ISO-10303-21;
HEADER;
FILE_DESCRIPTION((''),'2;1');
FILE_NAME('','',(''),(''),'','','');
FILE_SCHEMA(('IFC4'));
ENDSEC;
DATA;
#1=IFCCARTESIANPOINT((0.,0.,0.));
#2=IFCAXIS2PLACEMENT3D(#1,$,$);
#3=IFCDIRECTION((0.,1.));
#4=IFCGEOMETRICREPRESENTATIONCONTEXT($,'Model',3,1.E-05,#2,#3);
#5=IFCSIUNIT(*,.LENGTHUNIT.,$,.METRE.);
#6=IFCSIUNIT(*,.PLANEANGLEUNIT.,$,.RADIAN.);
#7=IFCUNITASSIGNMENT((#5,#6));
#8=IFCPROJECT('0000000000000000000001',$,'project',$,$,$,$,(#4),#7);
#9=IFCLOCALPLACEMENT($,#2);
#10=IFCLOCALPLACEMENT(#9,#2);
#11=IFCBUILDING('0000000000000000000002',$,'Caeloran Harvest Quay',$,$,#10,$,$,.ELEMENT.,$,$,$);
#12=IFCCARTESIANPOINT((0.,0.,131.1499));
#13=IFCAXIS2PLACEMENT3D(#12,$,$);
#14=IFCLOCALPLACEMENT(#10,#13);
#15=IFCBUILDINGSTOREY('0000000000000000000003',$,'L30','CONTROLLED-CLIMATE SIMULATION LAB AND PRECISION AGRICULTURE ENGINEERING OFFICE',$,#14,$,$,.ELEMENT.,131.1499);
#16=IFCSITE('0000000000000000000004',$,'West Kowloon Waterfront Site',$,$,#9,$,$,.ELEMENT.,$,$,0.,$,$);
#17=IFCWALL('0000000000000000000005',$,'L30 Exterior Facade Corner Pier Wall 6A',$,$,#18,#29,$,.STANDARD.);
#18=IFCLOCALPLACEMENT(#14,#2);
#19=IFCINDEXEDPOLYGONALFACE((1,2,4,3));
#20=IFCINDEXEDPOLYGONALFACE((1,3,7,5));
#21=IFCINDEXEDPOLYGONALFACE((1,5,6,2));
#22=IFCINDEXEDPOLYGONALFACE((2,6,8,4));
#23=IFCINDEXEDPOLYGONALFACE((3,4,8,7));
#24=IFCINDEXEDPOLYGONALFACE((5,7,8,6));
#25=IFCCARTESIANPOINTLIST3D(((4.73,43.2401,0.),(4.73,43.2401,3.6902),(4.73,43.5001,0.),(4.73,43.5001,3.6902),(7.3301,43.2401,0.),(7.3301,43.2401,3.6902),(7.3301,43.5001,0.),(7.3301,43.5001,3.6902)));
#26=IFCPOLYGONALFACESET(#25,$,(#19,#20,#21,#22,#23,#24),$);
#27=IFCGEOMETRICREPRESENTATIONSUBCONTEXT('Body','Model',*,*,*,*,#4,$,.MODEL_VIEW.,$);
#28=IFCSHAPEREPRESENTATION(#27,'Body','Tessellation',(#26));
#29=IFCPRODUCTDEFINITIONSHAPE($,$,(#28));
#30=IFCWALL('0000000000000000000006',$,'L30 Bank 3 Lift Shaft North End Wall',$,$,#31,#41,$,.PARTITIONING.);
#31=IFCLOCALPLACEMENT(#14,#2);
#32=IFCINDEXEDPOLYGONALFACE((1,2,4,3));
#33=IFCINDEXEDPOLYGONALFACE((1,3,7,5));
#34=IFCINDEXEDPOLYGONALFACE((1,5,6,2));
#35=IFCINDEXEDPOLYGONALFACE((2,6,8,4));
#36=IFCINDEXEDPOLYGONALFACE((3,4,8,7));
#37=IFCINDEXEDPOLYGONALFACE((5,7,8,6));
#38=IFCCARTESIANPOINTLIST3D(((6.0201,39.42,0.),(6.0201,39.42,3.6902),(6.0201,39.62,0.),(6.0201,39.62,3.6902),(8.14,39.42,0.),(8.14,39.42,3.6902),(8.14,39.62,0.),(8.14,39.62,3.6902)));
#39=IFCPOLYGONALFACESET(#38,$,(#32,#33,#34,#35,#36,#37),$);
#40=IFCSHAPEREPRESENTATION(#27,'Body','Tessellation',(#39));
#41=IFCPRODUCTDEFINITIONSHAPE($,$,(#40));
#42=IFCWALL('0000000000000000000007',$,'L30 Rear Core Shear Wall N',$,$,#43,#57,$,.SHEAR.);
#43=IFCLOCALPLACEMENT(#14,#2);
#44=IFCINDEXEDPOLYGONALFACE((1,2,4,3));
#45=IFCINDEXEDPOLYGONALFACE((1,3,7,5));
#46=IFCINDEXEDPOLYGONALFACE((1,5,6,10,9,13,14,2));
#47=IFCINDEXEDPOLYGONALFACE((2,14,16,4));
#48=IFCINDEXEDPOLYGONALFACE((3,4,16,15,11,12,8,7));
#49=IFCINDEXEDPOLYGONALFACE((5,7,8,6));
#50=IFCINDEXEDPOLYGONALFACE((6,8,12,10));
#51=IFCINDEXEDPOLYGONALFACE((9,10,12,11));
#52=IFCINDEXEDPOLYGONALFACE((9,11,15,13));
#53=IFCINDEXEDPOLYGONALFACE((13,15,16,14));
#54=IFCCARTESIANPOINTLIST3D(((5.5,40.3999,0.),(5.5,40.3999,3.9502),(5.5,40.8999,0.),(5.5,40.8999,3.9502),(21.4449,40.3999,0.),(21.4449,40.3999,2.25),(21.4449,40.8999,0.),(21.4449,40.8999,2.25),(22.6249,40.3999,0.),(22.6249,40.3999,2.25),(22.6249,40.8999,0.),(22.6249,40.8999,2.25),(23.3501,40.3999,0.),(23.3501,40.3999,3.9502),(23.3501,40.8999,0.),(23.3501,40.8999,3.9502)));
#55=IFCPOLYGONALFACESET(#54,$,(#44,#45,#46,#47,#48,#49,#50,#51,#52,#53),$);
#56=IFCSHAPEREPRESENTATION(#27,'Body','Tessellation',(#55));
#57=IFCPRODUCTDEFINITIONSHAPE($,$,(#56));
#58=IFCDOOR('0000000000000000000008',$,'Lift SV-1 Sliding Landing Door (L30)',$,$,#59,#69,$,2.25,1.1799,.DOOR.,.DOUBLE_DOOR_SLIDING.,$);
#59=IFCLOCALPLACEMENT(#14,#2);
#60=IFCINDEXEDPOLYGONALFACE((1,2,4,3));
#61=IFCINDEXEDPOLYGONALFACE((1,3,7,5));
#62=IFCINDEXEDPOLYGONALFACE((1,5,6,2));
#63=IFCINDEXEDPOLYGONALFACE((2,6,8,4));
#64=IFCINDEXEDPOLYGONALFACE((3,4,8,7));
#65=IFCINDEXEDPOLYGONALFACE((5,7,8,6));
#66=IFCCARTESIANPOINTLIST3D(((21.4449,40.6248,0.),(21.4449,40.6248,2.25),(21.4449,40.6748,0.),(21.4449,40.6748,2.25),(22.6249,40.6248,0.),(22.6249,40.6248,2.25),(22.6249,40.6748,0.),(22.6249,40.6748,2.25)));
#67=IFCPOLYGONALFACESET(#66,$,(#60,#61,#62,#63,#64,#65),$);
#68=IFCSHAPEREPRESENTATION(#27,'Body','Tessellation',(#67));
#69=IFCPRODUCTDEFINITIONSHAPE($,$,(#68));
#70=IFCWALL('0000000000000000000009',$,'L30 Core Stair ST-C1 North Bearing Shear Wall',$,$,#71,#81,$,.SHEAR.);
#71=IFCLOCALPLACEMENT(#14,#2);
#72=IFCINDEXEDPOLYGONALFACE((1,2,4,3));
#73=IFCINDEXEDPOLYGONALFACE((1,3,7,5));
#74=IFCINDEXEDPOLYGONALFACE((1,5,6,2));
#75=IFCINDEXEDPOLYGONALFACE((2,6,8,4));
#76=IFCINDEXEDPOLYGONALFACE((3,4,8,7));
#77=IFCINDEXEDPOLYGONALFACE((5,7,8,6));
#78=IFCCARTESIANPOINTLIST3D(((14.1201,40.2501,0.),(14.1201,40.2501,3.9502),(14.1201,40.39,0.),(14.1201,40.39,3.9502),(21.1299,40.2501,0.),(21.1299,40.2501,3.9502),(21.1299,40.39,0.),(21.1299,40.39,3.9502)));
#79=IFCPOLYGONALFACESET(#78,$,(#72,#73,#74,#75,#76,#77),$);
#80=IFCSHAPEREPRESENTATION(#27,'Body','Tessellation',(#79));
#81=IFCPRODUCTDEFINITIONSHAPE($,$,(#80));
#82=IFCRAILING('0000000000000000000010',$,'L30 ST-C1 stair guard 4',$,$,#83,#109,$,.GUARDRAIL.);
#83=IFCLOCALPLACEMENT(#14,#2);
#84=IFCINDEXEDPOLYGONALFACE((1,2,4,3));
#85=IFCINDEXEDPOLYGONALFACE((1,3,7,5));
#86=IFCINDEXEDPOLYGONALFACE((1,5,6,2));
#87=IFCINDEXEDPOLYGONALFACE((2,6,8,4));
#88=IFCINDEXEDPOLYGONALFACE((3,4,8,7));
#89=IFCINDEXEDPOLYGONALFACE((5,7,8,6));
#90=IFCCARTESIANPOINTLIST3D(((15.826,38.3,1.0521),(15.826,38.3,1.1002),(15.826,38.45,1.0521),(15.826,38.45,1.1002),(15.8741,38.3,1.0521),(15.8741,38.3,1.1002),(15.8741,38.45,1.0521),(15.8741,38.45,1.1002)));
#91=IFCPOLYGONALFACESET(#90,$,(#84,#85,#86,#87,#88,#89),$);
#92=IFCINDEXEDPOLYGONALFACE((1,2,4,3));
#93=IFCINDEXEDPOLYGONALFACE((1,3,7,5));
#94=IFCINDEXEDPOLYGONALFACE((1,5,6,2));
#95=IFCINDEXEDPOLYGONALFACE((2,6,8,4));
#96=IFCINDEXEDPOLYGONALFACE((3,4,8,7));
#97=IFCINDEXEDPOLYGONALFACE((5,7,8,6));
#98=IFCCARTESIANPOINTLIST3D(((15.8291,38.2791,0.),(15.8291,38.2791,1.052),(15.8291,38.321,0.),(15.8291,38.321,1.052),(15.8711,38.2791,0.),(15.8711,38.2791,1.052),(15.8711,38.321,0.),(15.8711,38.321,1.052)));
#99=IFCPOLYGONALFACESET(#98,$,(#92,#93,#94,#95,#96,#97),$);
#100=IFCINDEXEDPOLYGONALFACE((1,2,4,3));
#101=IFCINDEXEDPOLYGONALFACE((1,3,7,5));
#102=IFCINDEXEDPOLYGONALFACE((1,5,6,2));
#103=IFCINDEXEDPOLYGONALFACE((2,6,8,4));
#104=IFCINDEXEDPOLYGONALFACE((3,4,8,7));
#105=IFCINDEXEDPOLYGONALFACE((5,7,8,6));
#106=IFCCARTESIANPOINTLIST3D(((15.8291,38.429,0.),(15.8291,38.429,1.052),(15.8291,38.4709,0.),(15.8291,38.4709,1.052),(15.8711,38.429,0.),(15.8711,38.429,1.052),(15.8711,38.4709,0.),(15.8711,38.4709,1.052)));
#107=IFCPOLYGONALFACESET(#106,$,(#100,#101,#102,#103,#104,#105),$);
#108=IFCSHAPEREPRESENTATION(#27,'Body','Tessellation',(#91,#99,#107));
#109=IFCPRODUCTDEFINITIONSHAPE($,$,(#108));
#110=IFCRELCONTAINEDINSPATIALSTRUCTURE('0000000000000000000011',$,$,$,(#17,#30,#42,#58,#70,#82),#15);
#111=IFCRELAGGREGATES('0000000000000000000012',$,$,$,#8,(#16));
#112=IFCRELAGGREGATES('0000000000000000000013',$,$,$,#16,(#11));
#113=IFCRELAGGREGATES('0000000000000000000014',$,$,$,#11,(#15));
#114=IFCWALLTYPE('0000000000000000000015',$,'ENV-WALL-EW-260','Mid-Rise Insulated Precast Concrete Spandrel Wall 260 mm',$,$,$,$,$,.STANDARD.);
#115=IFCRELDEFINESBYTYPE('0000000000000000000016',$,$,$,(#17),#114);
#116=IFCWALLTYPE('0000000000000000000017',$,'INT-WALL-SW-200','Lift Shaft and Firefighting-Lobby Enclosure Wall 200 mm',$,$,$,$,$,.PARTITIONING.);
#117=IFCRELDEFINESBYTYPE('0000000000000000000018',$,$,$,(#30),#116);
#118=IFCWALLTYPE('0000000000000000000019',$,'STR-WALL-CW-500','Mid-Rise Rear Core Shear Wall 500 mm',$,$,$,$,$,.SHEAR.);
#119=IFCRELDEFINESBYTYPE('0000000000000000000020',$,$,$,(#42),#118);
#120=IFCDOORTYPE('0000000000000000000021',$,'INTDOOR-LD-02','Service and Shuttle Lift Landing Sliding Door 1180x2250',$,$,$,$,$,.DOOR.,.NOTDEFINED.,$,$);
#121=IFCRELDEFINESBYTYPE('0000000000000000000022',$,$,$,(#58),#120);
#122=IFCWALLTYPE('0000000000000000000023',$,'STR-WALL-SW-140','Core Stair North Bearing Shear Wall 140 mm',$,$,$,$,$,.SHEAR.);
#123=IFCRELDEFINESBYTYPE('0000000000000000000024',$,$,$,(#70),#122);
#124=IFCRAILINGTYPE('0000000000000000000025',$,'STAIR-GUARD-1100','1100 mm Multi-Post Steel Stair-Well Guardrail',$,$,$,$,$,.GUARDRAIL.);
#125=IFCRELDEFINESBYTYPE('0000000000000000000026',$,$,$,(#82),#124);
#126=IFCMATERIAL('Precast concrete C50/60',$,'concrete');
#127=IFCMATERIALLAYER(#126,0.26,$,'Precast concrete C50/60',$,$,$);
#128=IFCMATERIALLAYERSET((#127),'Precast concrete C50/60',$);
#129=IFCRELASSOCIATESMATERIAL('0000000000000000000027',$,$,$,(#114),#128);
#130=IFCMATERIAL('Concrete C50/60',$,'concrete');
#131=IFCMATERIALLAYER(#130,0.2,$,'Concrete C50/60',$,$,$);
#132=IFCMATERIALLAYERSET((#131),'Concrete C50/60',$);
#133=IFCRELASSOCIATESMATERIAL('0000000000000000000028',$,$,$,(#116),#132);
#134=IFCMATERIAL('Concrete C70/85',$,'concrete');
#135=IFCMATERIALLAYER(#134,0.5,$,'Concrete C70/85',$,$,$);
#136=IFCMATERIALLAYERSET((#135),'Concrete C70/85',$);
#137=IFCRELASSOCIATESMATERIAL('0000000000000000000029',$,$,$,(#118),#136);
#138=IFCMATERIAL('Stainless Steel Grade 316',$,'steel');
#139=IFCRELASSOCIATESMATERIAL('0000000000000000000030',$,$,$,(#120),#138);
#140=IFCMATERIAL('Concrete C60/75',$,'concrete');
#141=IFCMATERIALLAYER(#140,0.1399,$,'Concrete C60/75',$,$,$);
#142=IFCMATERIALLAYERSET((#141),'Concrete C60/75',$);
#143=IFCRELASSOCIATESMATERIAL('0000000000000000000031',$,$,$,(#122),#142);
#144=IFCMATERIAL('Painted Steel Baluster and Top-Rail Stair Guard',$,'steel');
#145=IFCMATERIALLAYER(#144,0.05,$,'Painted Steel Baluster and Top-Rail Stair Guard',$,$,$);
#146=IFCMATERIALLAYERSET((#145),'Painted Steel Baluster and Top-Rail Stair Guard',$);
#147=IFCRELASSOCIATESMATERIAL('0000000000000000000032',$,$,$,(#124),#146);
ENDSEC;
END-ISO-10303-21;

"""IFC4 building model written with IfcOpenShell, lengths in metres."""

from ifc_helpers import new_model, si_unit, direction, frame, frame_2d, origin, origin_2d, place, context, subcontext, project, spatial, rectangle, extrude, material, layer, layer_set, type_object, element, fill, save


model = new_model("IFC4")

# Units and contexts
model_context = context("Model", 3, precision=1e-05, world=origin(), true_north=direction((0.0, 1.0)))
body_context = subcontext(model_context, "Body", "Model", "MODEL_VIEW")
ifc_project = project(units=[si_unit("LENGTHUNIT", "METRE"), si_unit("PLANEANGLEUNIT", "RADIAN")], contexts=[model_context])

# Site, building, storey
site_placement = place(None, origin())
site = spatial("IfcSite", under=ifc_project, at=site_placement, Name="West Kowloon Waterfront Site", CompositionType="ELEMENT", RefElevation=0.0)
building_placement = place(site_placement, origin())
building = spatial("IfcBuilding", under=site, at=building_placement, Name="Caeloran Harvest Quay", CompositionType="ELEMENT")
storey_placement = place(building_placement, frame((0.0, 0.0, 131.1499)))
storey = spatial("IfcBuildingStorey", under=building, at=storey_placement, Name="L30", Description="CONTROLLED-CLIMATE SIMULATION LAB AND PRECISION AGRICULTURE ENGINEERING OFFICE", CompositionType="ELEMENT", Elevation=131.1499)

# Walls
ifc_material_1 = material(Name="Precast concrete C50/60", Category="concrete")
ifc_layer_1 = layer(ifc_material_1, 0.26, Name="Precast concrete C50/60")
ifc_layer_set_1 = layer_set([ifc_layer_1], Name="Precast concrete C50/60")
wall_type_1 = type_object("IfcWallType", Name="ENV-WALL-EW-260", Description="Mid-Rise Insulated Precast Concrete Spandrel Wall 260 mm", PredefinedType="STANDARD", material=ifc_layer_set_1)
wall_1_placement = place(storey_placement, frame((4.73, 43.3701, 0.0), z_axis=(0.0, 0.0, 1.0), x_axis=(1.0, 0.0, 0.0)))
element("IfcWall", 1, at=wall_1_placement, inside=storey, type_object=wall_type_1, Name="L30 Exterior Facade Corner Pier Wall 6A", PredefinedType="STANDARD", context=body_context, shape_type="SweptSolid", body=[
    extrude(rectangle(XDim=2.6001, YDim=0.26, at=frame_2d((1.3, 0.0))), origin(), (0.0, 0.0, 1.0), 3.6902),
])
ifc_material_2 = material(Name="Concrete C50/60", Category="concrete")
ifc_layer_2 = layer(ifc_material_2, 0.2, Name="Concrete C50/60")
ifc_layer_set_2 = layer_set([ifc_layer_2], Name="Concrete C50/60")
wall_type_2 = type_object("IfcWallType", Name="INT-WALL-SW-200", Description="Lift Shaft and Firefighting-Lobby Enclosure Wall 200 mm", PredefinedType="PARTITIONING", material=ifc_layer_set_2)
wall_2_placement = place(storey_placement, frame((6.02, 39.52, 0.0), z_axis=(0.0, 0.0, 1.0), x_axis=(1.0, 0.0, 0.0)))
element("IfcWall", 2, at=wall_2_placement, inside=storey, type_object=wall_type_2, Name="L30 Bank 3 Lift Shaft North End Wall", PredefinedType="PARTITIONING", context=body_context, shape_type="SweptSolid", body=[
    extrude(rectangle(XDim=2.1199, YDim=0.2, at=frame_2d((1.0601, 0.0))), origin(), (0.0, 0.0, 1.0), 3.6902),
])

# Wall, opening, door
ifc_material_3 = material(Name="Concrete C70/85", Category="concrete")
ifc_layer_3 = layer(ifc_material_3, 0.5, Name="Concrete C70/85")
ifc_layer_set_3 = layer_set([ifc_layer_3], Name="Concrete C70/85")
wall_type_3 = type_object("IfcWallType", Name="STR-WALL-CW-500", Description="Mid-Rise Rear Core Shear Wall 500 mm", PredefinedType="SHEAR", material=ifc_layer_set_3)
wall_3_placement = place(storey_placement, frame((5.5, 40.6499, 0.0), z_axis=(0.0, 0.0, 1.0), x_axis=(1.0, 0.0, 0.0)))
wall_3 = element("IfcWall", 3, at=wall_3_placement, inside=storey, type_object=wall_type_3, Name="L30 Rear Core Shear Wall N", PredefinedType="SHEAR", context=body_context, shape_type="SweptSolid", body=[
    extrude(rectangle(XDim=17.8501, YDim=0.5, at=frame_2d((8.925, 0.0))), origin(), (0.0, 0.0, 1.0), 3.9502),
])
opening_placement = place(wall_3_placement, frame((15.9451, 0.0, 0.0)))
opening = element("IfcOpeningElement", 4, at=opening_placement, cuts=wall_3, PredefinedType="OPENING", context=body_context, shape_type="SweptSolid", body=[
    extrude(rectangle(XDim=1.1799, YDim=2.25, at=frame_2d((0.5898, 1.125))), frame((0.0, 0.26, 0.0), z_axis=(0.0, -1.0, 0.0), x_axis=(1.0, 0.0, 0.0)), (0.0, 0.0, 1.0), 0.52),
])
ifc_material_4 = material(Name="Stainless Steel Grade 316", Category="steel")
door_type = type_object("IfcDoorType", Name="INTDOOR-LD-02", Description="Service and Shuttle Lift Landing Sliding Door 1180x2250", OperationType="NOTDEFINED", PredefinedType="DOOR", material=ifc_material_4)
door_placement = place(opening_placement, origin())
door = element("IfcDoor", 5, at=door_placement, inside=storey, type_object=door_type, Name="Lift SV-1 Sliding Landing Door (L30)", OperationType="DOUBLE_DOOR_SLIDING", OverallHeight=2.25, OverallWidth=1.1799, PredefinedType="DOOR", context=body_context, shape_type="SweptSolid", body=[
    extrude(rectangle(XDim=1.1799, YDim=2.25, at=frame_2d((0.5898, 1.125))), frame((0.0, 0.0249, 0.0), z_axis=(0.0, -1.0, 0.0), x_axis=(1.0, 0.0, 0.0)), (0.0, 0.0, 1.0), 0.05),
])
fill(opening, door)

# Wall
ifc_material_5 = material(Name="Concrete C60/75", Category="concrete")
ifc_layer_4 = layer(ifc_material_5, 0.1399, Name="Concrete C60/75")
ifc_layer_set_4 = layer_set([ifc_layer_4], Name="Concrete C60/75")
wall_type_4 = type_object("IfcWallType", Name="STR-WALL-SW-140", Description="Core Stair North Bearing Shear Wall 140 mm", PredefinedType="SHEAR", material=ifc_layer_set_4)
wall_4_placement = place(storey_placement, frame((14.1201, 40.3201, 0.0), z_axis=(0.0, 0.0, 1.0), x_axis=(1.0, 0.0, 0.0)))
element("IfcWall", 6, at=wall_4_placement, inside=storey, type_object=wall_type_4, Name="L30 Core Stair ST-C1 North Bearing Shear Wall", PredefinedType="SHEAR", context=body_context, shape_type="SweptSolid", body=[
    extrude(rectangle(XDim=7.0098, YDim=0.1399, at=frame_2d((3.5049, 0.0))), origin(), (0.0, 0.0, 1.0), 3.9502),
])

# Railing
ifc_material_6 = material(Name="Painted Steel Baluster and Top-Rail Stair Guard", Category="steel")
ifc_layer_5 = layer(ifc_material_6, 0.05, Name="Painted Steel Baluster and Top-Rail Stair Guard")
ifc_layer_set_5 = layer_set([ifc_layer_5], Name="Painted Steel Baluster and Top-Rail Stair Guard")
railing_type = type_object("IfcRailingType", Name="STAIR-GUARD-1100", Description="1100 mm Multi-Post Steel Stair-Well Guardrail", PredefinedType="GUARDRAIL", material=ifc_layer_set_5)
railing_placement = place(storey_placement, frame((15.8501, 38.3, 0.0)))
element("IfcRailing", 7, at=railing_placement, inside=storey, type_object=railing_type, Name="L30 ST-C1 stair guard 4", PredefinedType="GUARDRAIL", context=body_context, shape_type="SweptSolid", body=[
    extrude(rectangle(XDim=0.0481, YDim=0.0481, at=origin_2d()), frame((0.0, 0.0, 1.0762), z_axis=(0.0, 1.0, 0.0), x_axis=(-1.0, 0.0, 0.0)), (0.0, 0.0, 1.0), 0.1499),
    extrude(rectangle(XDim=0.042, YDim=0.042, at=origin_2d()), origin(), (0.0, 0.0, 1.0), 1.052),
    extrude(rectangle(XDim=0.042, YDim=0.042, at=origin_2d()), frame((0.0, 0.1499, 0.0)), (0.0, 0.0, 1.0), 1.052),
])

save(model, "model.ifc")
